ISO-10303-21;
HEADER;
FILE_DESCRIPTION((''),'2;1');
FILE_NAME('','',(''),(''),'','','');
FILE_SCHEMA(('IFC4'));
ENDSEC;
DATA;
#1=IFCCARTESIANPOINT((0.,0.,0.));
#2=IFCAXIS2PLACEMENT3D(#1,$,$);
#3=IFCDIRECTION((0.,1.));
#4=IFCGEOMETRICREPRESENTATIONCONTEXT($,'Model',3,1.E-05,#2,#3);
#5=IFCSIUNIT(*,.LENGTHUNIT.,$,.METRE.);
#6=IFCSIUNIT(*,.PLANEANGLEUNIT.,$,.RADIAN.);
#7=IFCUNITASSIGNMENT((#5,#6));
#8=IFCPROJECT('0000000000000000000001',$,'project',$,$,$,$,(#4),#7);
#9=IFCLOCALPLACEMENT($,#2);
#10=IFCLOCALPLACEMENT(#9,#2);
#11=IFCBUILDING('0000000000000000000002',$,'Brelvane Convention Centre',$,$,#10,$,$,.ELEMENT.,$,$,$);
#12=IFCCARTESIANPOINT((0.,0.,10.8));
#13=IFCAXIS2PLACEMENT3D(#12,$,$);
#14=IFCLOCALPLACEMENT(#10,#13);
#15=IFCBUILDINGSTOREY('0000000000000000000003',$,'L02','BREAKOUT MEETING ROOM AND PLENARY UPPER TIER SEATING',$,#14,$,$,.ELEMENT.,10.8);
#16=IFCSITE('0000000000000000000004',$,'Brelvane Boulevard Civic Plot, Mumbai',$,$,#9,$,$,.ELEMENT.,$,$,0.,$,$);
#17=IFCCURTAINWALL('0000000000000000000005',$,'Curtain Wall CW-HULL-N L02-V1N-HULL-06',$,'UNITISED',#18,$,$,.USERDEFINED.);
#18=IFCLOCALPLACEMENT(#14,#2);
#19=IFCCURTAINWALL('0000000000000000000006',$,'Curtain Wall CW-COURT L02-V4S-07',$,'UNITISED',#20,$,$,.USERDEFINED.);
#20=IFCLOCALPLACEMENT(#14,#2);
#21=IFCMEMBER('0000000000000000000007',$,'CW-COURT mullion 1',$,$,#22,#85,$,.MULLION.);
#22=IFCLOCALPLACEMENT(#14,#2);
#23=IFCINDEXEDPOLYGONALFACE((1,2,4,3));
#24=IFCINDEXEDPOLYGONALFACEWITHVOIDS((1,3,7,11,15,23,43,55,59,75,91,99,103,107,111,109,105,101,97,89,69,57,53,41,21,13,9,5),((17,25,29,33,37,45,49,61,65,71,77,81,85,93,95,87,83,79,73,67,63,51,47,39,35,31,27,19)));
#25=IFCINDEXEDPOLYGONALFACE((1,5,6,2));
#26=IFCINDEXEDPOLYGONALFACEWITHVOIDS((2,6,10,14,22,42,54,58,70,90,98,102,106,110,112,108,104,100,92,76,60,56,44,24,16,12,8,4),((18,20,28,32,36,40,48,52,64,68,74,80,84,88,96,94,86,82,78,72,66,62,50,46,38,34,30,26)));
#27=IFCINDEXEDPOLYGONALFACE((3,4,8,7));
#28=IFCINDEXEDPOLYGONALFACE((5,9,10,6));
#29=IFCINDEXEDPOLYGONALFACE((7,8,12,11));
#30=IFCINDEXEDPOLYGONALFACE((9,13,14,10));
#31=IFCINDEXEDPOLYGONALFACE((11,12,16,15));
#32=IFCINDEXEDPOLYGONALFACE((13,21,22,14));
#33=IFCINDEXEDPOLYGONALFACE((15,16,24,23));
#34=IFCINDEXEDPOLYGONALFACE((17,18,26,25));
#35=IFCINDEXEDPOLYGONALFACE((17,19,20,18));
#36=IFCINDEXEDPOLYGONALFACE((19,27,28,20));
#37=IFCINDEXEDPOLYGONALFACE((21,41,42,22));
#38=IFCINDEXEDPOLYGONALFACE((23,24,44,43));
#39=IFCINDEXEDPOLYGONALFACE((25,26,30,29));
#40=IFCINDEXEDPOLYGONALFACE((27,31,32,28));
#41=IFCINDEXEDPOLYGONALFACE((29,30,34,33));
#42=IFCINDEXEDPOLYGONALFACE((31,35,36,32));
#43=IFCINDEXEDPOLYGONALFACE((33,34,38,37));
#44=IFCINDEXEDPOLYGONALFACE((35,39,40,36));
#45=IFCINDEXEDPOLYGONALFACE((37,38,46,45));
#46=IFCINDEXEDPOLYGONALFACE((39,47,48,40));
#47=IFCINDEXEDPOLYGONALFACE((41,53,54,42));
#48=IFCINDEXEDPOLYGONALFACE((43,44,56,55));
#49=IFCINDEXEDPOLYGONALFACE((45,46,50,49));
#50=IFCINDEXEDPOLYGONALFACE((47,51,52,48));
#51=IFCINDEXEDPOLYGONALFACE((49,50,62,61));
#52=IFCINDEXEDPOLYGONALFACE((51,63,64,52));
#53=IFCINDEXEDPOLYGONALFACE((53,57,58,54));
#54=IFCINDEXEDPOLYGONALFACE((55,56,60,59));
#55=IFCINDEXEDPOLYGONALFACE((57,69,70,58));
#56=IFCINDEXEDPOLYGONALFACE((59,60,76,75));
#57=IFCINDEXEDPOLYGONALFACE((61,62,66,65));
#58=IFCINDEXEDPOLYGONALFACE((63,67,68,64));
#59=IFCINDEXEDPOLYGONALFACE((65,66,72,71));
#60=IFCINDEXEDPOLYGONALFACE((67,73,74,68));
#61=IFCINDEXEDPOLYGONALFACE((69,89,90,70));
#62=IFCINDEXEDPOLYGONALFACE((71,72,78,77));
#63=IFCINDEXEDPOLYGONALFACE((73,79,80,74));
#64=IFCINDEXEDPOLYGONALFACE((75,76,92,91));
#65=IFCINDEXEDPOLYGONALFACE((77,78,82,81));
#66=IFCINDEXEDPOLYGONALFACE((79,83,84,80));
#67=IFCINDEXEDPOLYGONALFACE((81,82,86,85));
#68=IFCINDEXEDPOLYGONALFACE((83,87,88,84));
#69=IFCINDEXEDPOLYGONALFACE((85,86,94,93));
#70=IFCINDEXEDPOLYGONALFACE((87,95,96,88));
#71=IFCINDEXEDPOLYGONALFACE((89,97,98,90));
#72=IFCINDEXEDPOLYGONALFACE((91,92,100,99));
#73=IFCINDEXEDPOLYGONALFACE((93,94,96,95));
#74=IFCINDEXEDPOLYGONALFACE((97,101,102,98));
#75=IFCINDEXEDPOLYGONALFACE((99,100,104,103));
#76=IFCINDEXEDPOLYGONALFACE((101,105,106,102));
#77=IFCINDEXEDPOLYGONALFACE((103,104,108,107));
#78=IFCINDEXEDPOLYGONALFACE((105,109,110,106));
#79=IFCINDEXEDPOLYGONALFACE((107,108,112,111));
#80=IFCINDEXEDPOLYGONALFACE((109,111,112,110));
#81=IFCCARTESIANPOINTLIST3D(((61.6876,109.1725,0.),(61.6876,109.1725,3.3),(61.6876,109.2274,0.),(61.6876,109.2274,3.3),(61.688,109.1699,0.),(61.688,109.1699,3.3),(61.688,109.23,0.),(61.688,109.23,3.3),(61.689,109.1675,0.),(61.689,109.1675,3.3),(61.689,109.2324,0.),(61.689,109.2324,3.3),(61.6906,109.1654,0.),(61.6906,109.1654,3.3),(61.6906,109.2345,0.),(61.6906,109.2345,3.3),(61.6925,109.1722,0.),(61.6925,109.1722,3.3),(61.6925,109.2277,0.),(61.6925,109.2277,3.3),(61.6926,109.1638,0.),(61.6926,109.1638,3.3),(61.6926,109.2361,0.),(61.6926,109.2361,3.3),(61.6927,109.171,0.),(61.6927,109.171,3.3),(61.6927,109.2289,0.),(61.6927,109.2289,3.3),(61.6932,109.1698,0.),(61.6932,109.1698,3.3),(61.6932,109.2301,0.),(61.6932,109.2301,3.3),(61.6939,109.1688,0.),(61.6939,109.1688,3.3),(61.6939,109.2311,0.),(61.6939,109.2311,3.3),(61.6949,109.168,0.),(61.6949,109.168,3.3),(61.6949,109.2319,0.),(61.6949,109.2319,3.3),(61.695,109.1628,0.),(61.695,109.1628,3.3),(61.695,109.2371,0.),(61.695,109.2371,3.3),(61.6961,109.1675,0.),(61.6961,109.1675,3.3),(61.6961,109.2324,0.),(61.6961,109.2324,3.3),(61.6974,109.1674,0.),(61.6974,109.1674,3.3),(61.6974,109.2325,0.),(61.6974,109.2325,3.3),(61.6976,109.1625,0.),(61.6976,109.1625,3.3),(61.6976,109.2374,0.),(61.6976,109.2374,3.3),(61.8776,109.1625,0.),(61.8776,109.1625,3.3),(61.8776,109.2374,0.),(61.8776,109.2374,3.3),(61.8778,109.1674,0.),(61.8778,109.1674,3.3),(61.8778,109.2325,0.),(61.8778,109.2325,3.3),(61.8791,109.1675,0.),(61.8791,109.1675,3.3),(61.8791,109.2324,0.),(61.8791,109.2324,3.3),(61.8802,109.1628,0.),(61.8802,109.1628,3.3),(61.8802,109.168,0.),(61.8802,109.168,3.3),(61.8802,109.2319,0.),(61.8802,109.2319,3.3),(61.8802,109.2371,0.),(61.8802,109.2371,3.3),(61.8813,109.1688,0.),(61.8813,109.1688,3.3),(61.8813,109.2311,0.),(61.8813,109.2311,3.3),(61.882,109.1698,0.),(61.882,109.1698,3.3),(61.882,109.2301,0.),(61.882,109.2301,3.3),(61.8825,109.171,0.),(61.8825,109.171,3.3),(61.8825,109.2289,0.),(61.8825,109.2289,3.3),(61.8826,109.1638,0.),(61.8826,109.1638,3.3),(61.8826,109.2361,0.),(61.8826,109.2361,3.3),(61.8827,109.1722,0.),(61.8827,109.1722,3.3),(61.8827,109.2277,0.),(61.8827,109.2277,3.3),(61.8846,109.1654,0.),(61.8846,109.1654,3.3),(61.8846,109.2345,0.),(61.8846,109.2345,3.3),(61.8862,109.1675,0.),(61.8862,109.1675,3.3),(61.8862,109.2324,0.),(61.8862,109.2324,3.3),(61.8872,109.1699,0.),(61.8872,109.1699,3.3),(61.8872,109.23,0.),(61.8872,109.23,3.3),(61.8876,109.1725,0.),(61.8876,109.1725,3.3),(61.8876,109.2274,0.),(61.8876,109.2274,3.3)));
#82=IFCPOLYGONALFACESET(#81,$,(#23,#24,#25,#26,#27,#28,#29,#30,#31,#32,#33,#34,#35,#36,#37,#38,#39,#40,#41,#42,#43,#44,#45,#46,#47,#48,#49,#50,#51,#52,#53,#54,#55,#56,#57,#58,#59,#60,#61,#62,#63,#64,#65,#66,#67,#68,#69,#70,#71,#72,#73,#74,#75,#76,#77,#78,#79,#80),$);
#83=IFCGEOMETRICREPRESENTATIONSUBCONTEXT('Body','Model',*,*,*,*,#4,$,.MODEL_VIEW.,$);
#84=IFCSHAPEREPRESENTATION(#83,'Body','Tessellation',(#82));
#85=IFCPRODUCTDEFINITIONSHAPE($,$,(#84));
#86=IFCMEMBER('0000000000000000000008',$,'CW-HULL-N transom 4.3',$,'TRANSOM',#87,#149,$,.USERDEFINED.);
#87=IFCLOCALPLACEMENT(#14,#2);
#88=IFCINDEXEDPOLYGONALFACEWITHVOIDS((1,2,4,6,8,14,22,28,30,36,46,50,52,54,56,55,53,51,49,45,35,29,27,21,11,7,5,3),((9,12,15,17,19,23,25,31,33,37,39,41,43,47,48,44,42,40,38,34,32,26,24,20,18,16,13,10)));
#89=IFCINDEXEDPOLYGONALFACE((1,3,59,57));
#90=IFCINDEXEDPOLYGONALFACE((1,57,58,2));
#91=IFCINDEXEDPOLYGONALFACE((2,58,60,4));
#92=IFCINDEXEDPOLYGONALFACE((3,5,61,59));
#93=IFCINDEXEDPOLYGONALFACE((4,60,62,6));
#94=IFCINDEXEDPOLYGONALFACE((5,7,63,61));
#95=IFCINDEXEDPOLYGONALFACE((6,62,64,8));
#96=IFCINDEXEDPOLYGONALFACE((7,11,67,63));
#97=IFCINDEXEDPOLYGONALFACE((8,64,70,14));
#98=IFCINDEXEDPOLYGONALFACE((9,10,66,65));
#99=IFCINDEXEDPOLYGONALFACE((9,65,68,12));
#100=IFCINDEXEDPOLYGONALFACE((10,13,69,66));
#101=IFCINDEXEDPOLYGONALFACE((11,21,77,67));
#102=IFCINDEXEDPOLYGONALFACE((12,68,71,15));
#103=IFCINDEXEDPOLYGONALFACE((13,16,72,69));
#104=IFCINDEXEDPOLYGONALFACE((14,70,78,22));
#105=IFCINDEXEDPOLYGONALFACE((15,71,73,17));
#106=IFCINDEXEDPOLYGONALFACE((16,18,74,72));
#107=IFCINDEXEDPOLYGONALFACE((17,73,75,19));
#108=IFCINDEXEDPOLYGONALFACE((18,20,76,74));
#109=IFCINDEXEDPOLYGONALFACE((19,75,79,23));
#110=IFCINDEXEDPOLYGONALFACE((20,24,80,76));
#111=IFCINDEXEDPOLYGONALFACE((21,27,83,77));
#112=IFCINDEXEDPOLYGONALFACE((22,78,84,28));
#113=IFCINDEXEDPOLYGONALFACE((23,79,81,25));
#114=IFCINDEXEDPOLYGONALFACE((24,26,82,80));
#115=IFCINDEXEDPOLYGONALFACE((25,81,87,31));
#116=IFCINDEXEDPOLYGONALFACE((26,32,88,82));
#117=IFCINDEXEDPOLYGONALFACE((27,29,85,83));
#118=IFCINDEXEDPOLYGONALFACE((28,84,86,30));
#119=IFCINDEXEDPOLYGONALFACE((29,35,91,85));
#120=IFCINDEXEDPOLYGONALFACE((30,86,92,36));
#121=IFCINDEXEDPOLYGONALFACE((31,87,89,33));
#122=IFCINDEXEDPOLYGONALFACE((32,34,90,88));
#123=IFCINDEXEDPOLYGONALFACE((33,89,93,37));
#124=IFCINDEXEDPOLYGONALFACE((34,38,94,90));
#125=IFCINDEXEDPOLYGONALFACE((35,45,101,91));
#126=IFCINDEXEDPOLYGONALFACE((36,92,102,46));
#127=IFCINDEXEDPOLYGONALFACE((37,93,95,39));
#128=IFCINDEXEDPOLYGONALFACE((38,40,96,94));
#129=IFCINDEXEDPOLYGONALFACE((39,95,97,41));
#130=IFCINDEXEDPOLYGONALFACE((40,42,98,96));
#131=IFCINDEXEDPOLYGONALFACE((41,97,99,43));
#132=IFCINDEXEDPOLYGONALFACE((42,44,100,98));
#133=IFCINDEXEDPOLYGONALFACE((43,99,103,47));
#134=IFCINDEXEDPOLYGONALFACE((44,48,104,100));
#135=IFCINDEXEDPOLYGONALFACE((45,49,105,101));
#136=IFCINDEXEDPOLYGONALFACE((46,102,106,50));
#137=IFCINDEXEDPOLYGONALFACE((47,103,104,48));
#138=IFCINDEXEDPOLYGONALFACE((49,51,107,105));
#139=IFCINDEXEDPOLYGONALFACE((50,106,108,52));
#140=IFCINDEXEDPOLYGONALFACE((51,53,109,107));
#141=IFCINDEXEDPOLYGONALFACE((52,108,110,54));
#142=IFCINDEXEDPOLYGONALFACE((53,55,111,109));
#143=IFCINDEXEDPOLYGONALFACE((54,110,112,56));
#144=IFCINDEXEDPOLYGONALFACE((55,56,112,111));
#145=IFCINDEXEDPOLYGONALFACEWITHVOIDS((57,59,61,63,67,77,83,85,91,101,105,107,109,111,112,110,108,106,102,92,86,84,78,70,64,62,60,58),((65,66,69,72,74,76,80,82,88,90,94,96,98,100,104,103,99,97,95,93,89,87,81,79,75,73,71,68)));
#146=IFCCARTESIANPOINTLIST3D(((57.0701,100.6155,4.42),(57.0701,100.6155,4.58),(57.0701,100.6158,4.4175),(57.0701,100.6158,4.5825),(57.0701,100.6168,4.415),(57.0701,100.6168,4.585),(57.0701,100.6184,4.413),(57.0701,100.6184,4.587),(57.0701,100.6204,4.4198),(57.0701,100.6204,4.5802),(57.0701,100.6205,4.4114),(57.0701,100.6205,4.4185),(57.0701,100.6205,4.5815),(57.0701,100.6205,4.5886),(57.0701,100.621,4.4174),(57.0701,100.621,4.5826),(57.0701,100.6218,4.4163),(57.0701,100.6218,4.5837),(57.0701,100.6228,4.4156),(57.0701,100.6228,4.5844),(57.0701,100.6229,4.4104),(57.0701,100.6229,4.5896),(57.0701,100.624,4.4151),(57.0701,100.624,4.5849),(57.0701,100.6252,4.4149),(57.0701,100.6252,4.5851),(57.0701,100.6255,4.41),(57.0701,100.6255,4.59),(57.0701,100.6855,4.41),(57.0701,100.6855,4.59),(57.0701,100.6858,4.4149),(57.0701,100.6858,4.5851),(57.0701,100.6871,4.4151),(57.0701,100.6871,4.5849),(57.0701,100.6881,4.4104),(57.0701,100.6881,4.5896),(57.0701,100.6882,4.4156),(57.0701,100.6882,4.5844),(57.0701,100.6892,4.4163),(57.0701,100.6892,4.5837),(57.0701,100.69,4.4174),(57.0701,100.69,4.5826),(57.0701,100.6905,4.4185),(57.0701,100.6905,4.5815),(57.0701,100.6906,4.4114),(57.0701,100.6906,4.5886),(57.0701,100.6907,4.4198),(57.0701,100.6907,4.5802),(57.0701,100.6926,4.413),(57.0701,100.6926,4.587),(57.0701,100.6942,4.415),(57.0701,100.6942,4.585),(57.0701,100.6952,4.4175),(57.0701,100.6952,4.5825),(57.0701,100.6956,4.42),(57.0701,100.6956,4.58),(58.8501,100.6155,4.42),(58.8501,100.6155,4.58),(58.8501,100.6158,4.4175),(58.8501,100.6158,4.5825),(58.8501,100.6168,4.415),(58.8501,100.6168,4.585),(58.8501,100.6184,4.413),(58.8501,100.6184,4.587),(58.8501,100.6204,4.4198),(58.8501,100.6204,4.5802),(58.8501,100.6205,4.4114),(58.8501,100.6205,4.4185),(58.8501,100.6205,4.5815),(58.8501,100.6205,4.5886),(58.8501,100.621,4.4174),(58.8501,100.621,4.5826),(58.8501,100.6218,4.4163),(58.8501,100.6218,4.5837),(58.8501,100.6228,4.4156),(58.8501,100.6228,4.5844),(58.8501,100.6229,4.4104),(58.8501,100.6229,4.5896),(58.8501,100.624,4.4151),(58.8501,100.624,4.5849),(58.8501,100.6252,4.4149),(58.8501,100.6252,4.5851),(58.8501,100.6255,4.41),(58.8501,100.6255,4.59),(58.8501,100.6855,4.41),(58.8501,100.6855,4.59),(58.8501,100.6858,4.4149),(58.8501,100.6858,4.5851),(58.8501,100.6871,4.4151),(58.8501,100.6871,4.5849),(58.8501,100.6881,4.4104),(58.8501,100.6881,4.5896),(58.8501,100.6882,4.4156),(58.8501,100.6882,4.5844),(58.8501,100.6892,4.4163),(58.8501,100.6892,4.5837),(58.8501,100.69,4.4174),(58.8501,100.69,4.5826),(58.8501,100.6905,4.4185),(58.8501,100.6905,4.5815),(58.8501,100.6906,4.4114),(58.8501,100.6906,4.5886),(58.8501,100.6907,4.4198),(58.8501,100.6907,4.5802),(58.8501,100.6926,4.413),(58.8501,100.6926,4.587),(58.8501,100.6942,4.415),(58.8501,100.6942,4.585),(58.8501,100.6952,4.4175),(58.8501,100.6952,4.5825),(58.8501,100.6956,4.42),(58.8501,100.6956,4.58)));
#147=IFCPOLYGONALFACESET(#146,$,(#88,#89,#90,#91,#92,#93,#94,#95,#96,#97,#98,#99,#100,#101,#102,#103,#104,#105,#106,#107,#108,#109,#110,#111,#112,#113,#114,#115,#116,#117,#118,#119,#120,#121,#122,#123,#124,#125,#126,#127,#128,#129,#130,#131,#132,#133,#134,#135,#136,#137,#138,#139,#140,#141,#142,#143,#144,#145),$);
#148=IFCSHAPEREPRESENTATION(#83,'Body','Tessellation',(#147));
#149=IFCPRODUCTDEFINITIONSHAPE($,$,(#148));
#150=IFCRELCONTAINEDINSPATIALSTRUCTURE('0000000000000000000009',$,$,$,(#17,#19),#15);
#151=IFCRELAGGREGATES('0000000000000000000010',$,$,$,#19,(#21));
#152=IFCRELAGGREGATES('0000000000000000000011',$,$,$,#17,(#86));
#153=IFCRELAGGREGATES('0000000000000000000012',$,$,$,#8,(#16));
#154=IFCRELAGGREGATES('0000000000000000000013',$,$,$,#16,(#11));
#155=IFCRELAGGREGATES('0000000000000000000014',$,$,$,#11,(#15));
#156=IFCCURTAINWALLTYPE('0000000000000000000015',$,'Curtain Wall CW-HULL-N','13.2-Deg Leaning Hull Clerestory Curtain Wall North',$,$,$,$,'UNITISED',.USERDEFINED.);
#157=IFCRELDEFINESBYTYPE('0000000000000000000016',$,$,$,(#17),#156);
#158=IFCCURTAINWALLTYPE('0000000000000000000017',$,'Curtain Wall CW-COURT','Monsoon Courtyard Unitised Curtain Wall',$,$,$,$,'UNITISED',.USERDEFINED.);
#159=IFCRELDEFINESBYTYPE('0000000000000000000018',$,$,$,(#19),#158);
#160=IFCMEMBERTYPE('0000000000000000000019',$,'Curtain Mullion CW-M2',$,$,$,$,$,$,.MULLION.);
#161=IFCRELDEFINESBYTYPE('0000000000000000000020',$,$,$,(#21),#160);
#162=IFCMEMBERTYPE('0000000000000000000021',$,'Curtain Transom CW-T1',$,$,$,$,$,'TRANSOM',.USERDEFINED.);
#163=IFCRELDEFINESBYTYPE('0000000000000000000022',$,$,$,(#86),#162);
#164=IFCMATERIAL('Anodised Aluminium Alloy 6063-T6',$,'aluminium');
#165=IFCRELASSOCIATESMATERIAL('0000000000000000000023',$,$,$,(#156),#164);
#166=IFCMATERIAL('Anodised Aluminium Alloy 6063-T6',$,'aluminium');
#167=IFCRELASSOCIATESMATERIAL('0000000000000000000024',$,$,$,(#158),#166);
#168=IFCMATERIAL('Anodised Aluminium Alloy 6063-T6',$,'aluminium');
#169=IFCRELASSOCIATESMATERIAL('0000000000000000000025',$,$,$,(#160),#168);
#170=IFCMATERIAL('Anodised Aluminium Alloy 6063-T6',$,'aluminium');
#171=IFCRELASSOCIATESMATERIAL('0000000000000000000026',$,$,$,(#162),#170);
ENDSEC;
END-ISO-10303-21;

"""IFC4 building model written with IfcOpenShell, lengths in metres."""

from ifc_helpers import new_model, si_unit, direction, frame, origin, origin_2d, place, context, subcontext, project, spatial, hollow_rectangle, extrude, material, material_profile, profile_set, type_object, element, aggregate, save


model = new_model("IFC4")

# Units and contexts
model_context = context("Model", 3, precision=1e-05, world=origin(), true_north=direction((0.0, 1.0)))
body_context = subcontext(model_context, "Body", "Model", "MODEL_VIEW")
ifc_project = project(units=[si_unit("LENGTHUNIT", "METRE"), si_unit("PLANEANGLEUNIT", "RADIAN")], contexts=[model_context])

# Site, building, storey
site_placement = place(None, origin())
site = spatial("IfcSite", under=ifc_project, at=site_placement, Name="Brelvane Boulevard Civic Plot, Mumbai", CompositionType="ELEMENT", RefElevation=0.0)
building_placement = place(site_placement, origin())
building = spatial("IfcBuilding", under=site, at=building_placement, Name="Brelvane Convention Centre", CompositionType="ELEMENT")
storey_placement = place(building_placement, frame((0.0, 0.0, 10.8)))
storey = spatial("IfcBuildingStorey", under=building, at=storey_placement, Name="L02", Description="BREAKOUT MEETING ROOM AND PLENARY UPPER TIER SEATING", CompositionType="ELEMENT", Elevation=10.8)

# Curtain wall
ifc_material_1 = material(Name="Anodised Aluminium Alloy 6063-T6", Category="aluminium")
curtain_wall_type_1 = type_object("IfcCurtainWallType", Name="Curtain Wall CW-HULL-N", Description="13.2-Deg Leaning Hull Clerestory Curtain Wall North", ElementType="UNITISED", PredefinedType="USERDEFINED", material=ifc_material_1)
curtain_wall_1_placement = place(storey_placement, origin())
curtain_wall_1 = element("IfcCurtainWall", 1, at=curtain_wall_1_placement, inside=storey, type_object=curtain_wall_type_1, Name="Curtain Wall CW-HULL-N L02-V1N-HULL-06", ObjectType="UNITISED", PredefinedType="USERDEFINED")

# Curtain wall, member
ifc_material_2 = material(Name="Anodised Aluminium Alloy 6063-T6", Category="aluminium")
curtain_wall_type_2 = type_object("IfcCurtainWallType", Name="Curtain Wall CW-COURT", Description="Monsoon Courtyard Unitised Curtain Wall", ElementType="UNITISED", PredefinedType="USERDEFINED", material=ifc_material_2)
curtain_wall_2_placement = place(storey_placement, origin())
curtain_wall_2 = element("IfcCurtainWall", 2, at=curtain_wall_2_placement, inside=storey, type_object=curtain_wall_type_2, Name="Curtain Wall CW-COURT L02-V4S-07", ObjectType="UNITISED", PredefinedType="USERDEFINED")
ifc_material_3 = material(Name="Anodised Aluminium Alloy 6063-T6", Category="aluminium")
ifc_material_profile_1 = material_profile(ifc_material_3, hollow_rectangle(XDim=0.075, YDim=0.2, WallThickness=0.0049, InnerFilletRadius=0.0049, OuterFilletRadius=0.01, at=origin_2d()), Name="ALU-M 200x75x5.0")
ifc_profile_set_1 = profile_set([ifc_material_profile_1], Name="Anodised Aluminium Alloy 6063-T6")
member_type_1 = type_object("IfcMemberType", Name="Curtain Mullion CW-M2", PredefinedType="MULLION", material=ifc_profile_set_1)
member_1_placement = place(storey_placement, frame((61.7876, 109.2, 0.0), z_axis=(0.0, 0.0, 1.0), x_axis=(0.0, 1.0, 0.0)))
member_1 = element("IfcMember", 3, at=member_1_placement, type_object=member_type_1, Name="CW-COURT mullion 1", PredefinedType="MULLION", context=body_context, shape_type="SweptSolid", body=[
    extrude(hollow_rectangle(XDim=0.075, YDim=0.2, WallThickness=0.0049, InnerFilletRadius=0.0049, OuterFilletRadius=0.01, at=origin_2d()), origin(), (0.0, 0.0, 1.0), 3.3),
])

# Member
ifc_material_4 = material(Name="Anodised Aluminium Alloy 6063-T6", Category="aluminium")
ifc_material_profile_2 = material_profile(ifc_material_4, hollow_rectangle(XDim=0.0801, YDim=0.1799, WallThickness=0.0049, InnerFilletRadius=0.0049, OuterFilletRadius=0.01, at=origin_2d()), Name="ALU-T 180x80x5.0")
ifc_profile_set_2 = profile_set([ifc_material_profile_2], Name="Anodised Aluminium Alloy 6063-T6")
member_type_2 = type_object("IfcMemberType", Name="Curtain Transom CW-T1", ElementType="TRANSOM", PredefinedType="USERDEFINED", material=ifc_profile_set_2)
member_2_placement = place(storey_placement, frame((57.0701, 100.6555, 4.5), z_axis=(1.0, 0.0, 0.0), x_axis=(0.0, 1.0, 0.0)))
member_2 = element("IfcMember", 4, at=member_2_placement, type_object=member_type_2, Name="CW-HULL-N transom 4.3", ObjectType="TRANSOM", PredefinedType="USERDEFINED", context=body_context, shape_type="SweptSolid", body=[
    extrude(hollow_rectangle(XDim=0.0801, YDim=0.1799, WallThickness=0.0049, InnerFilletRadius=0.0049, OuterFilletRadius=0.01, at=origin_2d()), origin(), (0.0, 0.0, 1.0), 1.78),
])
aggregate(curtain_wall_2, [member_1])

aggregate(curtain_wall_1, [member_2])

save(model, "model.ifc")
